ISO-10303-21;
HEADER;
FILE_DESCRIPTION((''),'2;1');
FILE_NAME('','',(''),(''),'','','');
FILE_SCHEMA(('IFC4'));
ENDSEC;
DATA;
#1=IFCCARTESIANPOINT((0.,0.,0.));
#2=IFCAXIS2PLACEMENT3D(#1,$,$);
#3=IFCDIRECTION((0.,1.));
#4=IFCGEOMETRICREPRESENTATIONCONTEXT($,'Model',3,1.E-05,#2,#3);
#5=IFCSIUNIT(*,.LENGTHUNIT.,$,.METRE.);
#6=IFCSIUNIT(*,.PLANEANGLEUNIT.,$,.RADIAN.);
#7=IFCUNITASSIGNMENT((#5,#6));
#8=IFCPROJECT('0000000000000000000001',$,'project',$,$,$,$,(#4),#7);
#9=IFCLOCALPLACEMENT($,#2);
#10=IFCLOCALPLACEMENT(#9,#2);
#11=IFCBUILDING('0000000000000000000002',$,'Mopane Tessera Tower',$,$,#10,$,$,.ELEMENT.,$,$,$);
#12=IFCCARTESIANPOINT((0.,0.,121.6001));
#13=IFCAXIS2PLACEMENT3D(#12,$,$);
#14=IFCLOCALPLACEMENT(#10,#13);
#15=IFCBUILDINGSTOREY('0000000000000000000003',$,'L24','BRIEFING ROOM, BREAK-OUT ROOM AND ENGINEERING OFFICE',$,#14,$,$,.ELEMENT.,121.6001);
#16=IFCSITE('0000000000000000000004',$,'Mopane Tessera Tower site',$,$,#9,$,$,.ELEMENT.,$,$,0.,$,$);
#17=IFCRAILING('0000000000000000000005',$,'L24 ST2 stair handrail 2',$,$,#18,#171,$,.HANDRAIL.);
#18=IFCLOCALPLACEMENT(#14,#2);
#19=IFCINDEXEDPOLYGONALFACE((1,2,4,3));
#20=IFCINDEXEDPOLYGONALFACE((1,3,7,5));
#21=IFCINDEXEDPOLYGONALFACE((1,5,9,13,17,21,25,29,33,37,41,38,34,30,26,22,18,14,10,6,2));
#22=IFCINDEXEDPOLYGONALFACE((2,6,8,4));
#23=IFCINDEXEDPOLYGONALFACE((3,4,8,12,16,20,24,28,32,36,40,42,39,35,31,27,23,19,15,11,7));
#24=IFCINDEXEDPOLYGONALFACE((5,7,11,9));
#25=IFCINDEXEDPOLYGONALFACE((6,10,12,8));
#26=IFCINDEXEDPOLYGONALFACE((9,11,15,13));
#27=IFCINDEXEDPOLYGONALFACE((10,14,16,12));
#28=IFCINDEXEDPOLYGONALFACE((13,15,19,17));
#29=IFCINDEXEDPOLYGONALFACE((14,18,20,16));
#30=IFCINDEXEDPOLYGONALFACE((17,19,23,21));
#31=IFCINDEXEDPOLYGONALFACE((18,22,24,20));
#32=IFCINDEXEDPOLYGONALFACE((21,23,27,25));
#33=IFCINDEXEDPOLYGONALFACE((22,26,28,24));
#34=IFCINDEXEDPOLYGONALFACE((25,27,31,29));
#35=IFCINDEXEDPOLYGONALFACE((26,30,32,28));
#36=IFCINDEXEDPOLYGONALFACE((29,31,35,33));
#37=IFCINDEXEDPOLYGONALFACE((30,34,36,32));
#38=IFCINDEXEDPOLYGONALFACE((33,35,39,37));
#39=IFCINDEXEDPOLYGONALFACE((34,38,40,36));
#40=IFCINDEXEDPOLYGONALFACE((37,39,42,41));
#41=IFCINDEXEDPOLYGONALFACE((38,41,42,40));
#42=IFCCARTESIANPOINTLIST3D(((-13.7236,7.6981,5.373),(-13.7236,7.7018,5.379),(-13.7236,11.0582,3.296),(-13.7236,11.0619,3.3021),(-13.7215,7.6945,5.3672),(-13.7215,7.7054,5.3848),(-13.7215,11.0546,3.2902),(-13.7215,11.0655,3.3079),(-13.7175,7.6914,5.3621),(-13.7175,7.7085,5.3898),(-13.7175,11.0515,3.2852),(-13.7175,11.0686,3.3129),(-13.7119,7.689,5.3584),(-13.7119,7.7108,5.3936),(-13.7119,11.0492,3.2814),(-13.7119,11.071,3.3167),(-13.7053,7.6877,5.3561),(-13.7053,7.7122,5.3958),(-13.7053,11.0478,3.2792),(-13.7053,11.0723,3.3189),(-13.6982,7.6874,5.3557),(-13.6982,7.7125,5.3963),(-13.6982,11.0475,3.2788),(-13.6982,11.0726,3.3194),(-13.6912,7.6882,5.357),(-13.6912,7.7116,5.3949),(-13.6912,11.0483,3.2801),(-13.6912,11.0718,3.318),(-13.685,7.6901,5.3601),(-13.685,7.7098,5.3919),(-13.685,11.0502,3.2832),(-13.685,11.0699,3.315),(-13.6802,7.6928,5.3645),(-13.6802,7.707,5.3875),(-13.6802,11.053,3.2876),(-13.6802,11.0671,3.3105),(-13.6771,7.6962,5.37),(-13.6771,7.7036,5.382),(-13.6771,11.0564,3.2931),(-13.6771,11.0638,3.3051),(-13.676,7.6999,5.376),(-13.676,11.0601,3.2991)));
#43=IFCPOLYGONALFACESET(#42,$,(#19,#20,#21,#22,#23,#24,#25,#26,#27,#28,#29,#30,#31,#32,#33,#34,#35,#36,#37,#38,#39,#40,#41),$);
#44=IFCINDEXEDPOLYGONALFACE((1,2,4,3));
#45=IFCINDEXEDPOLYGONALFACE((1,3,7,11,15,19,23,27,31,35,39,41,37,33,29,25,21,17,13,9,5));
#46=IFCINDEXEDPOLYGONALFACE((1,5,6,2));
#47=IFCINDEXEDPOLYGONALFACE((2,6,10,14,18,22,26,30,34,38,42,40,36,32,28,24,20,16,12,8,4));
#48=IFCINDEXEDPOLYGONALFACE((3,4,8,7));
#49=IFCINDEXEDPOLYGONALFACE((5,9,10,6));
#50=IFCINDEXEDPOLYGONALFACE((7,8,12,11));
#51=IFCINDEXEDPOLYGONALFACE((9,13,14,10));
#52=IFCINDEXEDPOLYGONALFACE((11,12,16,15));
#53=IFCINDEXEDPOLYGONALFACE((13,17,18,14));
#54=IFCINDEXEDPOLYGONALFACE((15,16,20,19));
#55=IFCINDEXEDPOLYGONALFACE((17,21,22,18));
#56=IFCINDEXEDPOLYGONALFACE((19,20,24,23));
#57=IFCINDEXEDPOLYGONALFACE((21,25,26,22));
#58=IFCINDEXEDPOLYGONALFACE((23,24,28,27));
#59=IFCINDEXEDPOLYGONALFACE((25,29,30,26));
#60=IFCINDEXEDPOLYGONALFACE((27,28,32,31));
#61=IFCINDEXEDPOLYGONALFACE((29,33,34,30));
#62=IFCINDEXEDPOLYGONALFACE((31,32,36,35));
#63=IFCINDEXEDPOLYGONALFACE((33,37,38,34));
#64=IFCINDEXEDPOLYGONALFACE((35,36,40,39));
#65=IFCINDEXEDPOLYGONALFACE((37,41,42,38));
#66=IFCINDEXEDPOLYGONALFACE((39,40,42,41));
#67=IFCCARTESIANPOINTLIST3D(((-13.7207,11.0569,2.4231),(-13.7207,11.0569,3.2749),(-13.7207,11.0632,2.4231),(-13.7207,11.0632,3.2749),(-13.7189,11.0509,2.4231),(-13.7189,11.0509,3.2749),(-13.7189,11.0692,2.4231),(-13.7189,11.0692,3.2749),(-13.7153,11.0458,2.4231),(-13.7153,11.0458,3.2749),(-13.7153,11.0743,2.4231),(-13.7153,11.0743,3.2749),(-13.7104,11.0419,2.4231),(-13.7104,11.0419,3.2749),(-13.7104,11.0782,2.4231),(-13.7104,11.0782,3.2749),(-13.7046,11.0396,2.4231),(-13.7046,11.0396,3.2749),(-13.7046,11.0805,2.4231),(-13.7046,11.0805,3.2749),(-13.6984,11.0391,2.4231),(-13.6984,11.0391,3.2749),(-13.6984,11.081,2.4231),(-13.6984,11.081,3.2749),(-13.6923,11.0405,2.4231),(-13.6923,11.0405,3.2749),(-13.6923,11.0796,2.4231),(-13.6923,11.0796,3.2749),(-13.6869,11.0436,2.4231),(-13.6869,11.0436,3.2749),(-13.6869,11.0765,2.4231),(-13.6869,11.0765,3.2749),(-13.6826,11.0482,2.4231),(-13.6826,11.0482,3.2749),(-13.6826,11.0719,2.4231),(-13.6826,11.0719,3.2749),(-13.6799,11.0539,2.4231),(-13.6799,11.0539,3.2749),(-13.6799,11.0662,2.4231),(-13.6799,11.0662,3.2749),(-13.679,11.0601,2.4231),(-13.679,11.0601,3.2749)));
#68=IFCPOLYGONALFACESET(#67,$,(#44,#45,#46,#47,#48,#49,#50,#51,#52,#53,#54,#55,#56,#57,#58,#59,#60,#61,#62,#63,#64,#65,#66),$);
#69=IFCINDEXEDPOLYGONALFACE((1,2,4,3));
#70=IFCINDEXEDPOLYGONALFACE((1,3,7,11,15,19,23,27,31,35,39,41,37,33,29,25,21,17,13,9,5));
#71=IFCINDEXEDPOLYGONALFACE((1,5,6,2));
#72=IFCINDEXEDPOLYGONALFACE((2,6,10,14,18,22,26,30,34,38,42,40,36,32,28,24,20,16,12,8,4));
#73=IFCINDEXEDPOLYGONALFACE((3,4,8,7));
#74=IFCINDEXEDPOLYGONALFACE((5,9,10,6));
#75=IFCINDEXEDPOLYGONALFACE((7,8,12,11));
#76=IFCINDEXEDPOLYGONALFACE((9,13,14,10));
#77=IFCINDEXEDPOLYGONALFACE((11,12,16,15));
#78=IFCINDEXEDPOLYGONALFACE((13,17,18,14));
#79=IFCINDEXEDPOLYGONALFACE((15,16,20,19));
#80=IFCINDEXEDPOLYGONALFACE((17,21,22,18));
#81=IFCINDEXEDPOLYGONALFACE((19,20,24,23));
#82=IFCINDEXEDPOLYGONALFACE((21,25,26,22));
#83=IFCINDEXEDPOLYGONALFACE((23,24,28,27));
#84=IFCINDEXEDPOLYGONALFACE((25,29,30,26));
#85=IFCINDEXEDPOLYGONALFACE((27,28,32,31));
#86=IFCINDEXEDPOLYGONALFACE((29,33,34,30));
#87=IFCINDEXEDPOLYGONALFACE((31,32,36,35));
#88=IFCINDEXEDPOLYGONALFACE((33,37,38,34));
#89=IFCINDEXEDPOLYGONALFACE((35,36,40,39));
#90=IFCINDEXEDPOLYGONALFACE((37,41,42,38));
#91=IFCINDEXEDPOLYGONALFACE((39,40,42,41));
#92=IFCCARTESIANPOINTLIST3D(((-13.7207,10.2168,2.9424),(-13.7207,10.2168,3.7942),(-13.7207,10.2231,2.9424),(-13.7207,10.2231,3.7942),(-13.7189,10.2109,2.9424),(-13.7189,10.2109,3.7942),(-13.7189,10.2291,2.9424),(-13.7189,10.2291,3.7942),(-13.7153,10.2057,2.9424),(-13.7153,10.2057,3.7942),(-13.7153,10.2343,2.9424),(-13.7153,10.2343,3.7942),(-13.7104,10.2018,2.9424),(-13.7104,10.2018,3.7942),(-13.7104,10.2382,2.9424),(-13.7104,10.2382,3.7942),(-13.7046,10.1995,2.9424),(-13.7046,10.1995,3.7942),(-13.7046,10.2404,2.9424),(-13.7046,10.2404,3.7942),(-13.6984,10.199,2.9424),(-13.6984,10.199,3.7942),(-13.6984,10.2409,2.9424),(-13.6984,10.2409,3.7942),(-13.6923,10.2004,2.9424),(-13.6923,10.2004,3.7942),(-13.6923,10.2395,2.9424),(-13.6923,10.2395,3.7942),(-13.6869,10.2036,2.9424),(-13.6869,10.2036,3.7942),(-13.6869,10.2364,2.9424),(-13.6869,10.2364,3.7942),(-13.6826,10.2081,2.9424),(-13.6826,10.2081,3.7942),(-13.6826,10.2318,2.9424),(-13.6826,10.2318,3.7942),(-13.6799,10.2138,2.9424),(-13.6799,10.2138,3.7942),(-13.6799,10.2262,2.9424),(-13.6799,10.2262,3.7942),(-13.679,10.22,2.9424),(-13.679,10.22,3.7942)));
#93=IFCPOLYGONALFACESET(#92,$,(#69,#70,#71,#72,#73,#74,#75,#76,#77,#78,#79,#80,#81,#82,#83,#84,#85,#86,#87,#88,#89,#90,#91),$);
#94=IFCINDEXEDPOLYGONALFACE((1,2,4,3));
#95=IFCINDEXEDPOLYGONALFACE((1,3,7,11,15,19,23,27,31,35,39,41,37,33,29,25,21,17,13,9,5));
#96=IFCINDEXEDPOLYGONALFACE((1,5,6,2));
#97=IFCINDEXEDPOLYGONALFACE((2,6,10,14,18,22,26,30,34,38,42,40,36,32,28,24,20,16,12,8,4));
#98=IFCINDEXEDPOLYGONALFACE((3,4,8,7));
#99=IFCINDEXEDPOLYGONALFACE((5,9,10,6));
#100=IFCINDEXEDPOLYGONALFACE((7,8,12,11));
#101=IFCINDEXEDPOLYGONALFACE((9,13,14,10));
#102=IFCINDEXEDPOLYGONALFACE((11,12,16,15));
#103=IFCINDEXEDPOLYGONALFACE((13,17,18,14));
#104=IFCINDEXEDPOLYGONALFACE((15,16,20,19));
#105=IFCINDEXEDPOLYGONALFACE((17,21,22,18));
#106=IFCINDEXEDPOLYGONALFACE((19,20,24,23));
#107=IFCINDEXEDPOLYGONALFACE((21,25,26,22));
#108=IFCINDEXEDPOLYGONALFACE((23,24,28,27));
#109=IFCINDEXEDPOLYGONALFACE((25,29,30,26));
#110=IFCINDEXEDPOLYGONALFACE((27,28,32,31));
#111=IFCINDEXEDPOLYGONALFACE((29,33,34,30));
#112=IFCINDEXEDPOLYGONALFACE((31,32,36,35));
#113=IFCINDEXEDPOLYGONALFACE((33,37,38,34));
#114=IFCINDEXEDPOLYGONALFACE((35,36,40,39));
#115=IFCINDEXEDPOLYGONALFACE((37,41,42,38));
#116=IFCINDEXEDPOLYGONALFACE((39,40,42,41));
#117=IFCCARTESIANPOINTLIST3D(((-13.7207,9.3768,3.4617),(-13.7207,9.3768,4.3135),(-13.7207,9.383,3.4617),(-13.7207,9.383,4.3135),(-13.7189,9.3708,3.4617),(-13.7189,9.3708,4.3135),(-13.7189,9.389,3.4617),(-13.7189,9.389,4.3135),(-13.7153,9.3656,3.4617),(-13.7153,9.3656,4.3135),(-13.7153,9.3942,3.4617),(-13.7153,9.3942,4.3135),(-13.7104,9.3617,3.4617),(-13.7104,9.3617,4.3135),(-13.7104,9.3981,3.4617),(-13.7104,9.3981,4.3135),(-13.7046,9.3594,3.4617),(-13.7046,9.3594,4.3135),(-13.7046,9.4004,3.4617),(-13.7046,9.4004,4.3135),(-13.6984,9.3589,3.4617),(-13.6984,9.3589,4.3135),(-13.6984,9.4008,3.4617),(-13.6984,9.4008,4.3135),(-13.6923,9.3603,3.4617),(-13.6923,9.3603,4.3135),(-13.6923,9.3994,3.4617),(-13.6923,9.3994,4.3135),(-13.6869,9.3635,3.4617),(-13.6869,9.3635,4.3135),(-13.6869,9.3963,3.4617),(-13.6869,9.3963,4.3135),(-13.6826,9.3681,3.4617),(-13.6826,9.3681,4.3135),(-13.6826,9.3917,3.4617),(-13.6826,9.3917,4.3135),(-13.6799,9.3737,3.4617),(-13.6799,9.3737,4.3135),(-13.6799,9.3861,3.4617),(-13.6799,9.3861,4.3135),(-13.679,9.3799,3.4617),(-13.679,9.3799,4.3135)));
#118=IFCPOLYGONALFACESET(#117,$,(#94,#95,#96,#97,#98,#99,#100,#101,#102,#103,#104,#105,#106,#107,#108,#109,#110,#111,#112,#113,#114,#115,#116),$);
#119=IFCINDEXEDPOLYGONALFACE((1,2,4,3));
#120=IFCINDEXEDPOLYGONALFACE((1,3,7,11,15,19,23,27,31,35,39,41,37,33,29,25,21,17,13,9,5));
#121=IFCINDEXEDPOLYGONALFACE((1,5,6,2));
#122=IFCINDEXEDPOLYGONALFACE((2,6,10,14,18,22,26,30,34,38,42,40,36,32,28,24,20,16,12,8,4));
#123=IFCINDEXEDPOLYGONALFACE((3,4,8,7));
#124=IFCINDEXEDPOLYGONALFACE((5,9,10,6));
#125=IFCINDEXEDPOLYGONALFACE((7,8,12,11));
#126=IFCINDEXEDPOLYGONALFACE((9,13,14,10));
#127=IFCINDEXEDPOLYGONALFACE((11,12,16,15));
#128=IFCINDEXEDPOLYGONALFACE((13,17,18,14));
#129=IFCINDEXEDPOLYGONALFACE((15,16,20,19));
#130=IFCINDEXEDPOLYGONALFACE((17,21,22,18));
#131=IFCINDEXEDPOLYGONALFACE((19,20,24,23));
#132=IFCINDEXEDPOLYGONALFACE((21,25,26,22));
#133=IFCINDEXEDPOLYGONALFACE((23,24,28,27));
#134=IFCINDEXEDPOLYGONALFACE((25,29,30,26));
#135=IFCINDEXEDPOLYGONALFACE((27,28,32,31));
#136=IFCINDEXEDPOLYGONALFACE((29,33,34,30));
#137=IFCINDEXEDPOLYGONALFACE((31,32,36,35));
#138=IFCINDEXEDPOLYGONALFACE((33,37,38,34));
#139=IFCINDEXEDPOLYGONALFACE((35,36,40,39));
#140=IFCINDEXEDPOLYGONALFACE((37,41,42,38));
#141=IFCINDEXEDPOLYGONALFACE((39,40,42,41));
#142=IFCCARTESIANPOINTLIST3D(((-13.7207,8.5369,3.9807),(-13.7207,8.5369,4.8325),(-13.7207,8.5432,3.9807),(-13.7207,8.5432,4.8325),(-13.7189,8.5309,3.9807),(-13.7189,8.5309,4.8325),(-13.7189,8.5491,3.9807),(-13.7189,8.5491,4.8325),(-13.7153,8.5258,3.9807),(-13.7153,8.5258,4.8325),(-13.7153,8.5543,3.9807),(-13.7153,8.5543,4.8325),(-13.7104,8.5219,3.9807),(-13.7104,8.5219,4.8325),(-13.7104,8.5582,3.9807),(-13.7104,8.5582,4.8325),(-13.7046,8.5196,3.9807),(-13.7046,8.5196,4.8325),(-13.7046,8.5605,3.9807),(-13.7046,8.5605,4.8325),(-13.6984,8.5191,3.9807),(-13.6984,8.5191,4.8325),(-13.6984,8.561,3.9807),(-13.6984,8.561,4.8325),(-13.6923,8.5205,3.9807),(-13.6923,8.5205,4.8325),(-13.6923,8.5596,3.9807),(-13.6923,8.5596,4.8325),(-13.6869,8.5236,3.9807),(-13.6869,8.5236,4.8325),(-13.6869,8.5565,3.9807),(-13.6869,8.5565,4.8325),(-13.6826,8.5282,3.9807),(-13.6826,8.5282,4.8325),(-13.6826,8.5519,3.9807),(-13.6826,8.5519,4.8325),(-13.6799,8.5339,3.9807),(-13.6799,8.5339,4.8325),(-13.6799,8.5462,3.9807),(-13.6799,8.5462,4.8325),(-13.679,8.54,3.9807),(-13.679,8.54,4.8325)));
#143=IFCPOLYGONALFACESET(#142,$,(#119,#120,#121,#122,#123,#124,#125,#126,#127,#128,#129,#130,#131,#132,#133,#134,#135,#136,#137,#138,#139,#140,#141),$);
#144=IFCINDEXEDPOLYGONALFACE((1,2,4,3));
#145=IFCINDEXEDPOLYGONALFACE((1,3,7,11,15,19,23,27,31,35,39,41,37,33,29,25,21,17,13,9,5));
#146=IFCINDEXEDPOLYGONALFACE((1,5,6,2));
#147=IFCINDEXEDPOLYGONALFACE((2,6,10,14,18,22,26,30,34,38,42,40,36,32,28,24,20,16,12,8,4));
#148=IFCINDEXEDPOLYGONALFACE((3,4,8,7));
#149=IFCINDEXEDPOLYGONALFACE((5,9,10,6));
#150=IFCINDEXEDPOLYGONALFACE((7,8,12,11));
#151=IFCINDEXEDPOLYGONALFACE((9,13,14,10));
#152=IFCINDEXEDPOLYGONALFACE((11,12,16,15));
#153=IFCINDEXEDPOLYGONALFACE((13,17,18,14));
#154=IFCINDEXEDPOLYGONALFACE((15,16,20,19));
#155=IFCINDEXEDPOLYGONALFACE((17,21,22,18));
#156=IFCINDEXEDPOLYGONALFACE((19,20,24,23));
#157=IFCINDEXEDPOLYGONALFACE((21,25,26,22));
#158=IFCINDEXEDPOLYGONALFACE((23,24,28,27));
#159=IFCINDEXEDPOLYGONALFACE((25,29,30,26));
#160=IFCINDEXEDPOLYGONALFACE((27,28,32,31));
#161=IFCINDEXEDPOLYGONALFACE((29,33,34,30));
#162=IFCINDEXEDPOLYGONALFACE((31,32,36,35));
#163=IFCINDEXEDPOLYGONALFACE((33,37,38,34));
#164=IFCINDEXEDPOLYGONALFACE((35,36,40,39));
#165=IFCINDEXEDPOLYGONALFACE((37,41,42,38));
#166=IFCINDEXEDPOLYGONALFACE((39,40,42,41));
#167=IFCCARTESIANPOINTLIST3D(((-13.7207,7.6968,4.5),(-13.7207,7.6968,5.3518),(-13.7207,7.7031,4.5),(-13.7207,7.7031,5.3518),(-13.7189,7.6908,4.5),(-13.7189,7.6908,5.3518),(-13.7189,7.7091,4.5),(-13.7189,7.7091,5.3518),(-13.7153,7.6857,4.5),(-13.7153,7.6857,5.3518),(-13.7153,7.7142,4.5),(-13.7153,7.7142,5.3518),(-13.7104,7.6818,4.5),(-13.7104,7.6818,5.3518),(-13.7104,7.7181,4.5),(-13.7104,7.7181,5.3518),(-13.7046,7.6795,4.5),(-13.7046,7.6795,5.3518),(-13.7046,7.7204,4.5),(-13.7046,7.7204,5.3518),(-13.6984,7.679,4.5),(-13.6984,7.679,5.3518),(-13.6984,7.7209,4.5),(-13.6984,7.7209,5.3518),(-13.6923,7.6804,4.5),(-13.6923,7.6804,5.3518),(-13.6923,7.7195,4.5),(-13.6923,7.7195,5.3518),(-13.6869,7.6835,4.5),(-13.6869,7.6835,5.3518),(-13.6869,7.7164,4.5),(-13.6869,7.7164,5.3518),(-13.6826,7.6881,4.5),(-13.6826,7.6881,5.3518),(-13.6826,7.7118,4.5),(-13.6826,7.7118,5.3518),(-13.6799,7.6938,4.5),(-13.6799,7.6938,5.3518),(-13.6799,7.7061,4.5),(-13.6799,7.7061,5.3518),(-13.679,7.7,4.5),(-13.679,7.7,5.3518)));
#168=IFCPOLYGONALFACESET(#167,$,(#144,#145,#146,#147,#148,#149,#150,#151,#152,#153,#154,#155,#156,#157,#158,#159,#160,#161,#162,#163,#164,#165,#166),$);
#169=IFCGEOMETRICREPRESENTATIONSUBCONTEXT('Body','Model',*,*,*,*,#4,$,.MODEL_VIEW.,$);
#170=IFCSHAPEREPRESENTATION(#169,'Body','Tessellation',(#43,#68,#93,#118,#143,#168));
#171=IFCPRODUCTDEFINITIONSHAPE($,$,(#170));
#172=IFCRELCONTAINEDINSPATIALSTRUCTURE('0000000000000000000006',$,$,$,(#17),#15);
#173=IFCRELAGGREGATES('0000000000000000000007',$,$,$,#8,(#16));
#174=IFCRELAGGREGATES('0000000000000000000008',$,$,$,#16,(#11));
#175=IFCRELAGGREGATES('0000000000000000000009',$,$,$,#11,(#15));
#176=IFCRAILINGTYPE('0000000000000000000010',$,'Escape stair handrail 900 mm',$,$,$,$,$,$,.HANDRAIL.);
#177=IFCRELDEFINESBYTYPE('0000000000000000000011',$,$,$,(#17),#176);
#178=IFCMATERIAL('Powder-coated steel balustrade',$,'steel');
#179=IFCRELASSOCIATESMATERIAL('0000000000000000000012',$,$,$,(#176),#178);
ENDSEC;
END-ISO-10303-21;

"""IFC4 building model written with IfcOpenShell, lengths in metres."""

from ifc_helpers import new_model, si_unit, direction, frame, origin, origin_2d, place, context, subcontext, project, spatial, circle, extrude, material, type_object, element, save


model = new_model("IFC4")

# Units and contexts
model_context = context("Model", 3, precision=1e-05, world=origin(), true_north=direction((0.0, 1.0)))
body_context = subcontext(model_context, "Body", "Model", "MODEL_VIEW")
ifc_project = project(units=[si_unit("LENGTHUNIT", "METRE"), si_unit("PLANEANGLEUNIT", "RADIAN")], contexts=[model_context])

# Site, building, storey
site_placement = place(None, origin())
site = spatial("IfcSite", under=ifc_project, at=site_placement, Name="Mopane Tessera Tower site", CompositionType="ELEMENT", RefElevation=0.0)
building_placement = place(site_placement, origin())
building = spatial("IfcBuilding", under=site, at=building_placement, Name="Mopane Tessera Tower", CompositionType="ELEMENT")
storey_placement = place(building_placement, frame((0.0, 0.0, 121.6001)))
storey = spatial("IfcBuildingStorey", under=building, at=storey_placement, Name="L24", Description="BRIEFING ROOM, BREAK-OUT ROOM AND ENGINEERING OFFICE", CompositionType="ELEMENT", Elevation=121.6001)

# Railing
ifc_material_1 = material(Name="Powder-coated steel balustrade", Category="steel")
railing_type_1 = type_object("IfcRailingType", Name="Escape stair handrail 900 mm", PredefinedType="HANDRAIL", material=ifc_material_1)
railing_1_placement = place(storey_placement, frame((-13.7, 11.0601, 2.4231)))
element("IfcRailing", 1, at=railing_1_placement, inside=storey, type_object=railing_type_1, Name="L24 ST2 stair handrail 2", PredefinedType="HANDRAIL", context=body_context, shape_type="SweptSolid", body=[
    extrude(circle(Radius=0.0239, at=origin_2d()), frame((0.0, 0.0, 0.876), z_axis=(0.0, -0.850623, 0.525776), x_axis=(1.0, 0.0, 0.0)), (0.0, 0.0, 1.0), 3.9502),
    extrude(circle(Radius=0.021, at=origin_2d()), origin(), (0.0, 0.0, 1.0), 0.8518),
    extrude(circle(Radius=0.021, at=origin_2d()), frame((0.0, -0.8401, 0.5193)), (0.0, 0.0, 1.0), 0.8518),
    extrude(circle(Radius=0.021, at=origin_2d()), frame((0.0, -1.6802, 1.0386)), (0.0, 0.0, 1.0), 0.8518),
    extrude(circle(Radius=0.021, at=origin_2d()), frame((0.0, -2.52, 1.5576)), (0.0, 0.0, 1.0), 0.8518),
    extrude(circle(Radius=0.021, at=origin_2d()), frame((0.0, -3.3601, 2.0769)), (0.0, 0.0, 1.0), 0.8518),
])

save(model, "model.ifc")
